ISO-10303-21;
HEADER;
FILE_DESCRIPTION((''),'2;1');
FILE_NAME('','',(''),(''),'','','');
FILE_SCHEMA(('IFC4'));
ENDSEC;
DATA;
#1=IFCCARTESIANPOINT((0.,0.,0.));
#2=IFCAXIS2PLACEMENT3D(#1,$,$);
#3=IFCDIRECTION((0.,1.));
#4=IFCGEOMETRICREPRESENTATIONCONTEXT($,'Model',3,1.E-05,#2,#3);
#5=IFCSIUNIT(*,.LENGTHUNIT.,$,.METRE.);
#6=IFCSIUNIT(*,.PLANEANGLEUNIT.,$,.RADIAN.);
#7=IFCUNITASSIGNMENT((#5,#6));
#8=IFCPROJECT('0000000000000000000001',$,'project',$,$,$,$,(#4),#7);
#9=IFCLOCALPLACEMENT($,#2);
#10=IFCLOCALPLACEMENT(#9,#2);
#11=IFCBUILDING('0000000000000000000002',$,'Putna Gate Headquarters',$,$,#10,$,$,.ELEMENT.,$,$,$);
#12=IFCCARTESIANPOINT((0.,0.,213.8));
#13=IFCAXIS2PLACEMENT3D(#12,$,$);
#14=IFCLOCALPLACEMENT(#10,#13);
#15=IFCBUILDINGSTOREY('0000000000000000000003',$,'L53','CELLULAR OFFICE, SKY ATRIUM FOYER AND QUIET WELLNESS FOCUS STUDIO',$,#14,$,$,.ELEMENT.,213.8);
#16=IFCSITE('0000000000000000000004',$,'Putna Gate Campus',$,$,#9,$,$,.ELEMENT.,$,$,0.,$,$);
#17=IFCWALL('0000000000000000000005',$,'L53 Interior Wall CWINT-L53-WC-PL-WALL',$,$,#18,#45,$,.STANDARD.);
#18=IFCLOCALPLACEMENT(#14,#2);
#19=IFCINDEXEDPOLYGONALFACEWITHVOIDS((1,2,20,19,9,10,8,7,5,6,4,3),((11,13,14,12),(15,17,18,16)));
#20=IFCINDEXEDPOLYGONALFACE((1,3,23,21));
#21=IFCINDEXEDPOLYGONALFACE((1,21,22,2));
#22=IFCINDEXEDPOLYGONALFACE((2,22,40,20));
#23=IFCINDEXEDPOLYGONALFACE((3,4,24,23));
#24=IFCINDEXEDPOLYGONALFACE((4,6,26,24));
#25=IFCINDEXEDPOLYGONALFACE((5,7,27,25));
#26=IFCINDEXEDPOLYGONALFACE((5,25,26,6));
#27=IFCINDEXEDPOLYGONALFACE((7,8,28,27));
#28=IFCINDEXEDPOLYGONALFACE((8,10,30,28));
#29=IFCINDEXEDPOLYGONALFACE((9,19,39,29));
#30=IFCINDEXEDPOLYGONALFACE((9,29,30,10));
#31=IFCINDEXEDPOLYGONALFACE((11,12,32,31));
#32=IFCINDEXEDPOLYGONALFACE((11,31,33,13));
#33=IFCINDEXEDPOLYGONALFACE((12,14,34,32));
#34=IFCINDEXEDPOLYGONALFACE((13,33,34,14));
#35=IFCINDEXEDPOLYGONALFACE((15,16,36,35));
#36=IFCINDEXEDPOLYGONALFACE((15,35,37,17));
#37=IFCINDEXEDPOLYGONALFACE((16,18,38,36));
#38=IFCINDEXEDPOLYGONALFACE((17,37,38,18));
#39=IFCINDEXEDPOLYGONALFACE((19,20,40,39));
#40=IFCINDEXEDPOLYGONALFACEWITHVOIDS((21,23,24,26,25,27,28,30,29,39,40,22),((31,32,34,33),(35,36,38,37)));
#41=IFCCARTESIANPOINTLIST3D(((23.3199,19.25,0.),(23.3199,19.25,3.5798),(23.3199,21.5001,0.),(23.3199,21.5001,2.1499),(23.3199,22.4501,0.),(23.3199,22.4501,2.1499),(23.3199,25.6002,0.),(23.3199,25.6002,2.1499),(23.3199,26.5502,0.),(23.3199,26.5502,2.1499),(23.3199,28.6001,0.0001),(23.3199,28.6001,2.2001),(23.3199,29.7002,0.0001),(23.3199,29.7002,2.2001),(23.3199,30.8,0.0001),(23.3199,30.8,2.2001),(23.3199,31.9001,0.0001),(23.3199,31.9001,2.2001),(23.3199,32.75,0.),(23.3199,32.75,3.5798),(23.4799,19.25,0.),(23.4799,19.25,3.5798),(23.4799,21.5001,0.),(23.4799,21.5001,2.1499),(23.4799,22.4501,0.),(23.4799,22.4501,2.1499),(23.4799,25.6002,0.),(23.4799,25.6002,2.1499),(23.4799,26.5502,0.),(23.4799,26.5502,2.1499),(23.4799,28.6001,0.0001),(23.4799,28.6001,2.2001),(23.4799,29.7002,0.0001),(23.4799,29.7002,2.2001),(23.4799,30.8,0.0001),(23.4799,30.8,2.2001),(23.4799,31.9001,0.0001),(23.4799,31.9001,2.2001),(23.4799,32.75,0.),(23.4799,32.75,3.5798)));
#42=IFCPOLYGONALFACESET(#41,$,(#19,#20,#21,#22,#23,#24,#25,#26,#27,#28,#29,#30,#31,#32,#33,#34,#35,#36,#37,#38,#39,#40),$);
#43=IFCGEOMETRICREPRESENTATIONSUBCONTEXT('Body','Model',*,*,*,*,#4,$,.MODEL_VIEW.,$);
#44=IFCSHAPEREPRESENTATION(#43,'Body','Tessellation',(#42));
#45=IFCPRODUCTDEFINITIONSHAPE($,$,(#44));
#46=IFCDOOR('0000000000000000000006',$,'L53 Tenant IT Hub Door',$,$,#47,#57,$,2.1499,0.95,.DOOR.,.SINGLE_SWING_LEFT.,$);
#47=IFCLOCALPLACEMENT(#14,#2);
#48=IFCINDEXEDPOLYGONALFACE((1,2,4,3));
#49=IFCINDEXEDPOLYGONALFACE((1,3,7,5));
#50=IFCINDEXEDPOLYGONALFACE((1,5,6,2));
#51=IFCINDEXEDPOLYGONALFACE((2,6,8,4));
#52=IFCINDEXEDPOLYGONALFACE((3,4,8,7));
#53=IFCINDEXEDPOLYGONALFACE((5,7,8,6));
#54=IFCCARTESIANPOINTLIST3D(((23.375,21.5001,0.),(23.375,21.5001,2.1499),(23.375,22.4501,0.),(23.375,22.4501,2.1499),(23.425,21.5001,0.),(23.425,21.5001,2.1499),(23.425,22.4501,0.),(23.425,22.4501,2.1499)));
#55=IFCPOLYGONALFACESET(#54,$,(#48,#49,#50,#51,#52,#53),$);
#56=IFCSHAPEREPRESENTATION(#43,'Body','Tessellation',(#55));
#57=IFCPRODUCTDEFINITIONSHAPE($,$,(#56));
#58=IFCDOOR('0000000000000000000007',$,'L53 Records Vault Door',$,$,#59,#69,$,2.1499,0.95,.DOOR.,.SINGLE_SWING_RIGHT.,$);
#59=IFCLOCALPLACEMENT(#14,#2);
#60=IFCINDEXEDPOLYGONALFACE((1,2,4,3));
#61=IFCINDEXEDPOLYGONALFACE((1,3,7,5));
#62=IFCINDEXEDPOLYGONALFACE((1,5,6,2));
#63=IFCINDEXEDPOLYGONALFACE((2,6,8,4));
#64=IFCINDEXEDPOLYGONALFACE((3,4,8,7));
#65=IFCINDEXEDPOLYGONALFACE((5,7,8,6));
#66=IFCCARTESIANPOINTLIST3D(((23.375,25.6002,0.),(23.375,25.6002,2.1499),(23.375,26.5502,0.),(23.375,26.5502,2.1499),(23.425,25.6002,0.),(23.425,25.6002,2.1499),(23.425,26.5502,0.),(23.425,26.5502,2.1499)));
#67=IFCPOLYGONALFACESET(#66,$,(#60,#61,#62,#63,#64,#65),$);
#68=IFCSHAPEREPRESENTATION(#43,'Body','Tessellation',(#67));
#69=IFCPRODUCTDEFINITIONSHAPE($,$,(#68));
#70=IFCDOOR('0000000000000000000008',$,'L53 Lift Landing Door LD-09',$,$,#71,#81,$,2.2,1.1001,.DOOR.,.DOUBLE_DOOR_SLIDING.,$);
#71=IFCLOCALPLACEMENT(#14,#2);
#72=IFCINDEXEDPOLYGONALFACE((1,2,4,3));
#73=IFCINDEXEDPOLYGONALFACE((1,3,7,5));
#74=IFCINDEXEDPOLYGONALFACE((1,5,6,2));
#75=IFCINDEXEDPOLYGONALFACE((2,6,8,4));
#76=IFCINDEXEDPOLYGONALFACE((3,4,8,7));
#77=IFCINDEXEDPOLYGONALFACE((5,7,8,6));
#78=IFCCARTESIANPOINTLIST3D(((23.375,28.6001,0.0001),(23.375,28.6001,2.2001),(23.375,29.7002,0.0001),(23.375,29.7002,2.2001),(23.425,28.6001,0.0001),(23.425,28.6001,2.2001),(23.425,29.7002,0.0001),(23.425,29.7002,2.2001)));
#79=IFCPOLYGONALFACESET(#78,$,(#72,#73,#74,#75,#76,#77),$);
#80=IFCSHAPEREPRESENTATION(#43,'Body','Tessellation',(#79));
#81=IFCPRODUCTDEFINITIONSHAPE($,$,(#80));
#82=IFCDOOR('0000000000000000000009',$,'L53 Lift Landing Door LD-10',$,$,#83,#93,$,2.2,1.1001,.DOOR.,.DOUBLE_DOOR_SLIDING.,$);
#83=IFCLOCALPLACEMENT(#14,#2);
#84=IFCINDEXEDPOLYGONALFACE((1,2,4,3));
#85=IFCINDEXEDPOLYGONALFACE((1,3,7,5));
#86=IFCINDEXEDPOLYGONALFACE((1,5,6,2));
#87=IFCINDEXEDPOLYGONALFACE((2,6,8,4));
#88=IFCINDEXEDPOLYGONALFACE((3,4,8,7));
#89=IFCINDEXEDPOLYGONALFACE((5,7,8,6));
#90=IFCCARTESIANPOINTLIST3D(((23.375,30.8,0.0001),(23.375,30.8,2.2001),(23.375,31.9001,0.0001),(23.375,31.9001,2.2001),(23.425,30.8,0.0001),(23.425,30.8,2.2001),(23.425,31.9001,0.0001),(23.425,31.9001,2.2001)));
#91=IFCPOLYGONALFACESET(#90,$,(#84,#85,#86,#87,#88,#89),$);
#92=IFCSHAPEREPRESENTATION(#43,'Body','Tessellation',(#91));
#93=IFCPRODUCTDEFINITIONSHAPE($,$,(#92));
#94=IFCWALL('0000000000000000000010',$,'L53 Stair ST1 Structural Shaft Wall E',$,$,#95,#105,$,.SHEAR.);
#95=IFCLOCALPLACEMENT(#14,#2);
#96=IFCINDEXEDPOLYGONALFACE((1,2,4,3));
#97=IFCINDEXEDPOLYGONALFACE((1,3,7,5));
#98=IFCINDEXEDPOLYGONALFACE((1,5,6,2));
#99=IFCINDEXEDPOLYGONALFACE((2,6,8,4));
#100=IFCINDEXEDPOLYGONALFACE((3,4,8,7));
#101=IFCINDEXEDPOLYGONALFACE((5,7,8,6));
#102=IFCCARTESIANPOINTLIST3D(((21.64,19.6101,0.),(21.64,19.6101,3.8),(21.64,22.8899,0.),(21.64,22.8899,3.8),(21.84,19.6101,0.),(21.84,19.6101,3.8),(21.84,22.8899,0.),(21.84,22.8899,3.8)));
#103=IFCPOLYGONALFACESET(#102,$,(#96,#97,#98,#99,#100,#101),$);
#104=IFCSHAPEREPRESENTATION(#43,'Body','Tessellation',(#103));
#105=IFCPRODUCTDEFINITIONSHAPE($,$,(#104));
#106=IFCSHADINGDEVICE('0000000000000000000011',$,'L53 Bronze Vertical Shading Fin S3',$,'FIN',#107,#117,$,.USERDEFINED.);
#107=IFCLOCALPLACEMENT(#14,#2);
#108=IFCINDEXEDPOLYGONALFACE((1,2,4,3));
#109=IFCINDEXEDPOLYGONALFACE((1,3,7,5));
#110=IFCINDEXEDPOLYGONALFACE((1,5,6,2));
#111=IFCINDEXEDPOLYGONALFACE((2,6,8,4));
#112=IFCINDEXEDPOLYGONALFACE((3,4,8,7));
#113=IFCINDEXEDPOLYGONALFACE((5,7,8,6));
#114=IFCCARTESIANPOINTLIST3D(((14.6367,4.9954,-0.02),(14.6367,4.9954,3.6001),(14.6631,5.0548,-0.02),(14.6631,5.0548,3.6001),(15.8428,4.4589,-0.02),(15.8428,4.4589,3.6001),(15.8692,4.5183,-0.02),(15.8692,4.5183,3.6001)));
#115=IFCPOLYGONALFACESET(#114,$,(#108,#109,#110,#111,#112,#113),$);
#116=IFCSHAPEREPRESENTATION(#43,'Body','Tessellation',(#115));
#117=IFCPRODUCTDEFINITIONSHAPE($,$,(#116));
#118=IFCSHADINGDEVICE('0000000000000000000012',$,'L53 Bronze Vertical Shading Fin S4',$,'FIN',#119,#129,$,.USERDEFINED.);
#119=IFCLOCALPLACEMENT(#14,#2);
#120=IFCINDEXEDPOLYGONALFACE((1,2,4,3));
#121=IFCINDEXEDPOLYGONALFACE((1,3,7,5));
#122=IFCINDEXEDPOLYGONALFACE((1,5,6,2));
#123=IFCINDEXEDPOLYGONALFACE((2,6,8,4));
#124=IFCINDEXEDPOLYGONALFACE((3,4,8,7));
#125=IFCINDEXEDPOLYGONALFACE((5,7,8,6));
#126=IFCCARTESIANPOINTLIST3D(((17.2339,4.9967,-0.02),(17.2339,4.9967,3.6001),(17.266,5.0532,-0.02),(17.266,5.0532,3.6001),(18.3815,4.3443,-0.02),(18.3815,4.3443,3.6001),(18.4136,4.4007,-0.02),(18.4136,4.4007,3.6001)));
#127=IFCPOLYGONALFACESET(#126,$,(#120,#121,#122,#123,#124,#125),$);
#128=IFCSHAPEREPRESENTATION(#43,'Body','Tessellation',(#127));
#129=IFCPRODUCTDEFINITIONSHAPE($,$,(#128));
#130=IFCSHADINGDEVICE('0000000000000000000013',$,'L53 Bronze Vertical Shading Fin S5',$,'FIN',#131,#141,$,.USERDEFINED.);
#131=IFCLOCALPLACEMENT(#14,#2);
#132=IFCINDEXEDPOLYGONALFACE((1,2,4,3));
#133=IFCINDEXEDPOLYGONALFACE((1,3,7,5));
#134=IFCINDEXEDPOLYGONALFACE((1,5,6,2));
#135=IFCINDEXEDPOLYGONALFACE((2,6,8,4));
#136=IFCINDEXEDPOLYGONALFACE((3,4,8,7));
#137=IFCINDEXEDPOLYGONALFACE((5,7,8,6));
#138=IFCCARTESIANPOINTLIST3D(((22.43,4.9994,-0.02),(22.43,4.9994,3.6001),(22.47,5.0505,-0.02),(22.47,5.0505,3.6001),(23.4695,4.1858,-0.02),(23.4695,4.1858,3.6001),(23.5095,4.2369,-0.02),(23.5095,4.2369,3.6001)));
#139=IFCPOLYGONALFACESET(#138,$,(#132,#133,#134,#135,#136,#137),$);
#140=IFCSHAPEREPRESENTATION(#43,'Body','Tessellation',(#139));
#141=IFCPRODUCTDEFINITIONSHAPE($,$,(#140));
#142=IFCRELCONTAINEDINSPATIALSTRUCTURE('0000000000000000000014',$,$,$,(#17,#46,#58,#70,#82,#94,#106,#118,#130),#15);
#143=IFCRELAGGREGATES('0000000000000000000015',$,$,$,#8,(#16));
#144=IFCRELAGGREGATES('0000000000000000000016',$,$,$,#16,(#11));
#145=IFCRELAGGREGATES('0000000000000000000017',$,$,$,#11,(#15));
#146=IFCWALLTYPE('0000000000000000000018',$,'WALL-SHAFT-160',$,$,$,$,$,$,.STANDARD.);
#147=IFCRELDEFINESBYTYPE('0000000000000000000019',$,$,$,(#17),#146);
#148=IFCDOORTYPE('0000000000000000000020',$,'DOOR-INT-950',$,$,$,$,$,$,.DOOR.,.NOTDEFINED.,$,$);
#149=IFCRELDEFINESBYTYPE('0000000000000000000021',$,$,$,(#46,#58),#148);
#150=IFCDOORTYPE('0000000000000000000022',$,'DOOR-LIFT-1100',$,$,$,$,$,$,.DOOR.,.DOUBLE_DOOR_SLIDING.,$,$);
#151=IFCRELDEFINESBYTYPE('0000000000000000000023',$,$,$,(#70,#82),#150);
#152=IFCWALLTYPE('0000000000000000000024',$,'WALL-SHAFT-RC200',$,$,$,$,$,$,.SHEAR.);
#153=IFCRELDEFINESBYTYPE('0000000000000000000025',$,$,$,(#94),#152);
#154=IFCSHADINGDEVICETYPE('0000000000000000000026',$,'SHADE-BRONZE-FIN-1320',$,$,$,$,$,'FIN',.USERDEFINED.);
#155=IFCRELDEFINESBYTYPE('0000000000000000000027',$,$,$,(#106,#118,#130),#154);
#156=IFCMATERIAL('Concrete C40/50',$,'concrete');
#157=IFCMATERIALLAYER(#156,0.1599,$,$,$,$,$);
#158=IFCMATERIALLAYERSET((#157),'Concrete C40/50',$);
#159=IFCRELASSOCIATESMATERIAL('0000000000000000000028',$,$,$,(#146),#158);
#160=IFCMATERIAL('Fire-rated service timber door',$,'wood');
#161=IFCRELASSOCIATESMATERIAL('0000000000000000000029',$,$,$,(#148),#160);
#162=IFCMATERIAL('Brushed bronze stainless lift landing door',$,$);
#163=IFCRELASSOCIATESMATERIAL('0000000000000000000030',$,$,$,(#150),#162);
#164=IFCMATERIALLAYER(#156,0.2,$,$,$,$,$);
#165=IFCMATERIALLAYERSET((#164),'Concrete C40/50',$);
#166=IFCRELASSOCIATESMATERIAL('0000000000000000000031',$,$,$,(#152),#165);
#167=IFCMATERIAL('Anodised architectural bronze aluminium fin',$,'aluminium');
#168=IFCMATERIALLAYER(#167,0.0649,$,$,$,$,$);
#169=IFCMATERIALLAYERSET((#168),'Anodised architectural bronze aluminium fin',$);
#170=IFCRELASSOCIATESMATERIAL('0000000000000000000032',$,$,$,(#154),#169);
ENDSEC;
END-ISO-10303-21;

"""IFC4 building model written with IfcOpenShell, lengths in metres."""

from ifc_helpers import new_model, si_unit, direction, frame, frame_2d, origin, origin_2d, place, context, subcontext, project, spatial, rectangle, extrude, material, layer, layer_set, type_object, element, fill, save


model = new_model("IFC4")

# Units and contexts
model_context = context("Model", 3, precision=1e-05, world=origin(), true_north=direction((0.0, 1.0)))
body_context = subcontext(model_context, "Body", "Model", "MODEL_VIEW")
ifc_project = project(units=[si_unit("LENGTHUNIT", "METRE"), si_unit("PLANEANGLEUNIT", "RADIAN")], contexts=[model_context])

# Site, building, storey
site_placement = place(None, origin())
site = spatial("IfcSite", under=ifc_project, at=site_placement, Name="Putna Gate Campus", CompositionType="ELEMENT", RefElevation=0.0)
building_placement = place(site_placement, origin())
building = spatial("IfcBuilding", under=site, at=building_placement, Name="Putna Gate Headquarters", CompositionType="ELEMENT")
storey_placement = place(building_placement, frame((0.0, 0.0, 213.8)))
storey = spatial("IfcBuildingStorey", under=building, at=storey_placement, Name="L53", Description="CELLULAR OFFICE, SKY ATRIUM FOYER AND QUIET WELLNESS FOCUS STUDIO", CompositionType="ELEMENT", Elevation=213.8)

# Wall, openings, doors
ifc_material_1 = material(Name="Concrete C40/50", Category="concrete")
ifc_layer_1 = layer(ifc_material_1, 0.1599)
ifc_layer_set_1 = layer_set([ifc_layer_1], Name="Concrete C40/50")
wall_type_1 = type_object("IfcWallType", Name="WALL-SHAFT-160", PredefinedType="STANDARD", material=ifc_layer_set_1)
wall_1_placement = place(storey_placement, frame((23.3999, 19.25, 0.0), z_axis=(0.0, 0.0, 1.0), x_axis=(0.0, 1.0, 0.0)))
wall_1 = element("IfcWall", 1, at=wall_1_placement, inside=storey, type_object=wall_type_1, Name="L53 Interior Wall CWINT-L53-WC-PL-WALL", PredefinedType="STANDARD", context=body_context, shape_type="SweptSolid", body=[
    extrude(rectangle(XDim=13.5, YDim=0.1599, at=frame_2d((6.75, 0.0))), origin(), (0.0, 0.0, 1.0), 3.5798),
])
opening_1_placement = place(wall_1_placement, frame((2.25, 0.0, 0.0)))
opening_1 = element("IfcOpeningElement", 2, at=opening_1_placement, cuts=wall_1, PredefinedType="OPENING", context=body_context, shape_type="SweptSolid", body=[
    extrude(rectangle(XDim=0.95, YDim=2.1499, at=frame_2d((0.4751, 1.075))), frame((0.0, 0.0898, 0.0), z_axis=(0.0, -1.0, 0.0), x_axis=(1.0, 0.0, 0.0)), (0.0, 0.0, 1.0), 0.1799),
])
opening_2_placement = place(wall_1_placement, frame((6.3501, 0.0, 0.0)))
opening_2 = element("IfcOpeningElement", 3, at=opening_2_placement, cuts=wall_1, PredefinedType="OPENING", context=body_context, shape_type="SweptSolid", body=[
    extrude(rectangle(XDim=0.95, YDim=2.1499, at=frame_2d((0.4751, 1.075))), frame((0.0, 0.0898, 0.0), z_axis=(0.0, -1.0, 0.0), x_axis=(1.0, 0.0, 0.0)), (0.0, 0.0, 1.0), 0.1799),
])
opening_3_placement = place(wall_1_placement, frame((9.3501, 0.0, 0.0)))
opening_3 = element("IfcOpeningElement", 4, at=opening_3_placement, cuts=wall_1, PredefinedType="OPENING", context=body_context, shape_type="SweptSolid", body=[
    extrude(rectangle(XDim=1.1001, YDim=2.2, at=frame_2d((0.55, 1.1001))), frame((0.0, 0.0898, 0.0), z_axis=(0.0, -1.0, 0.0), x_axis=(1.0, 0.0, 0.0)), (0.0, 0.0, 1.0), 0.1799),
])
opening_4_placement = place(wall_1_placement, frame((11.55, 0.0, 0.0)))
opening_4 = element("IfcOpeningElement", 5, at=opening_4_placement, cuts=wall_1, PredefinedType="OPENING", context=body_context, shape_type="SweptSolid", body=[
    extrude(rectangle(XDim=1.1001, YDim=2.2, at=frame_2d((0.55, 1.1001))), frame((0.0, 0.0898, 0.0), z_axis=(0.0, -1.0, 0.0), x_axis=(1.0, 0.0, 0.0)), (0.0, 0.0, 1.0), 0.1799),
])
ifc_material_2 = material(Name="Fire-rated service timber door", Category="wood")
door_type_1 = type_object("IfcDoorType", Name="DOOR-INT-950", OperationType="NOTDEFINED", PredefinedType="DOOR", material=ifc_material_2)
door_1_placement = place(opening_1_placement, origin())
door_1 = element("IfcDoor", 6, at=door_1_placement, inside=storey, type_object=door_type_1, Name="L53 Tenant IT Hub Door", OperationType="SINGLE_SWING_LEFT", OverallHeight=2.1499, OverallWidth=0.95, PredefinedType="DOOR", context=body_context, shape_type="SweptSolid", body=[
    extrude(rectangle(XDim=0.95, YDim=2.1499, at=frame_2d((0.4751, 1.075))), frame((0.0, 0.0249, 0.0), z_axis=(0.0, -1.0, 0.0), x_axis=(1.0, 0.0, 0.0)), (0.0, 0.0, 1.0), 0.05),
])
fill(opening_1, door_1)
door_2_placement = place(opening_2_placement, origin())
door_2 = element("IfcDoor", 7, at=door_2_placement, inside=storey, type_object=door_type_1, Name="L53 Records Vault Door", OperationType="SINGLE_SWING_RIGHT", OverallHeight=2.1499, OverallWidth=0.95, PredefinedType="DOOR", context=body_context, shape_type="SweptSolid", body=[
    extrude(rectangle(XDim=0.95, YDim=2.1499, at=frame_2d((0.4751, 1.075))), frame((0.0, 0.0249, 0.0), z_axis=(0.0, -1.0, 0.0), x_axis=(1.0, 0.0, 0.0)), (0.0, 0.0, 1.0), 0.05),
])
fill(opening_2, door_2)
ifc_material_3 = material(Name="Brushed bronze stainless lift landing door")
door_type_2 = type_object("IfcDoorType", Name="DOOR-LIFT-1100", OperationType="DOUBLE_DOOR_SLIDING", PredefinedType="DOOR", material=ifc_material_3)
door_3_placement = place(opening_3_placement, origin())
door_3 = element("IfcDoor", 8, at=door_3_placement, inside=storey, type_object=door_type_2, Name="L53 Lift Landing Door LD-09", OperationType="DOUBLE_DOOR_SLIDING", OverallHeight=2.2, OverallWidth=1.1001, PredefinedType="DOOR", context=body_context, shape_type="SweptSolid", body=[
    extrude(rectangle(XDim=1.1001, YDim=2.2, at=frame_2d((0.55, 1.1001))), frame((0.0, 0.0249, 0.0), z_axis=(0.0, -1.0, 0.0), x_axis=(1.0, 0.0, 0.0)), (0.0, 0.0, 1.0), 0.05),
])
fill(opening_3, door_3)
door_4_placement = place(opening_4_placement, origin())
door_4 = element("IfcDoor", 9, at=door_4_placement, inside=storey, type_object=door_type_2, Name="L53 Lift Landing Door LD-10", OperationType="DOUBLE_DOOR_SLIDING", OverallHeight=2.2, OverallWidth=1.1001, PredefinedType="DOOR", context=body_context, shape_type="SweptSolid", body=[
    extrude(rectangle(XDim=1.1001, YDim=2.2, at=frame_2d((0.55, 1.1001))), frame((0.0, 0.0249, 0.0), z_axis=(0.0, -1.0, 0.0), x_axis=(1.0, 0.0, 0.0)), (0.0, 0.0, 1.0), 0.05),
])
fill(opening_4, door_4)

# Wall
ifc_layer_2 = layer(ifc_material_1, 0.2)
ifc_layer_set_2 = layer_set([ifc_layer_2], Name="Concrete C40/50")
wall_type_2 = type_object("IfcWallType", Name="WALL-SHAFT-RC200", PredefinedType="SHEAR", material=ifc_layer_set_2)
wall_2_placement = place(storey_placement, frame((21.74, 19.6101, 0.0), z_axis=(0.0, 0.0, 1.0), x_axis=(0.0, 1.0, 0.0)))
element("IfcWall", 10, at=wall_2_placement, inside=storey, type_object=wall_type_2, Name="L53 Stair ST1 Structural Shaft Wall E", PredefinedType="SHEAR", context=body_context, shape_type="SweptSolid", body=[
    extrude(rectangle(XDim=3.2798, YDim=0.2, at=frame_2d((1.6399, 0.0))), origin(), (0.0, 0.0, 1.0), 3.8),
])

# Shading devices
ifc_material_4 = material(Name="Anodised architectural bronze aluminium fin", Category="aluminium")
ifc_layer_3 = layer(ifc_material_4, 0.0649)
ifc_layer_set_3 = layer_set([ifc_layer_3], Name="Anodised architectural bronze aluminium fin")
shading_device_type = type_object("IfcShadingDeviceType", Name="SHADE-BRONZE-FIN-1320", ElementType="FIN", PredefinedType="USERDEFINED", material=ifc_layer_set_3)
for number, where, z_axis, x_axis, name in (
    (11, (15.2529, 4.7568, -0.02), (0.0, 0.0, 1.0), (0.913687, -0.406418, 0.0), "L53 Bronze Vertical Shading Fin S3"),
    (12, (17.8237, 4.6987, -0.02), (0.0, 0.0, 1.0), (0.869322, -0.494245, 0.0), "L53 Bronze Vertical Shading Fin S4"),
    (13, (22.9697, 4.6182, -0.02), (0.0, 0.0, 1.0), (0.787473, -0.616349, 0.0), "L53 Bronze Vertical Shading Fin S5"),
):
    element("IfcShadingDevice", number, at=place(storey_placement, frame(where, z_axis=z_axis, x_axis=x_axis)), inside=storey, type_object=shading_device_type, Name=name, ObjectType="FIN", PredefinedType="USERDEFINED", context=body_context, shape_type="SweptSolid", body=[
        extrude(rectangle(XDim=1.3201, YDim=0.0649, at=origin_2d()), origin(), (0.0, 0.0, 1.0), 3.6201),
    ])

save(model, "model.ifc")
